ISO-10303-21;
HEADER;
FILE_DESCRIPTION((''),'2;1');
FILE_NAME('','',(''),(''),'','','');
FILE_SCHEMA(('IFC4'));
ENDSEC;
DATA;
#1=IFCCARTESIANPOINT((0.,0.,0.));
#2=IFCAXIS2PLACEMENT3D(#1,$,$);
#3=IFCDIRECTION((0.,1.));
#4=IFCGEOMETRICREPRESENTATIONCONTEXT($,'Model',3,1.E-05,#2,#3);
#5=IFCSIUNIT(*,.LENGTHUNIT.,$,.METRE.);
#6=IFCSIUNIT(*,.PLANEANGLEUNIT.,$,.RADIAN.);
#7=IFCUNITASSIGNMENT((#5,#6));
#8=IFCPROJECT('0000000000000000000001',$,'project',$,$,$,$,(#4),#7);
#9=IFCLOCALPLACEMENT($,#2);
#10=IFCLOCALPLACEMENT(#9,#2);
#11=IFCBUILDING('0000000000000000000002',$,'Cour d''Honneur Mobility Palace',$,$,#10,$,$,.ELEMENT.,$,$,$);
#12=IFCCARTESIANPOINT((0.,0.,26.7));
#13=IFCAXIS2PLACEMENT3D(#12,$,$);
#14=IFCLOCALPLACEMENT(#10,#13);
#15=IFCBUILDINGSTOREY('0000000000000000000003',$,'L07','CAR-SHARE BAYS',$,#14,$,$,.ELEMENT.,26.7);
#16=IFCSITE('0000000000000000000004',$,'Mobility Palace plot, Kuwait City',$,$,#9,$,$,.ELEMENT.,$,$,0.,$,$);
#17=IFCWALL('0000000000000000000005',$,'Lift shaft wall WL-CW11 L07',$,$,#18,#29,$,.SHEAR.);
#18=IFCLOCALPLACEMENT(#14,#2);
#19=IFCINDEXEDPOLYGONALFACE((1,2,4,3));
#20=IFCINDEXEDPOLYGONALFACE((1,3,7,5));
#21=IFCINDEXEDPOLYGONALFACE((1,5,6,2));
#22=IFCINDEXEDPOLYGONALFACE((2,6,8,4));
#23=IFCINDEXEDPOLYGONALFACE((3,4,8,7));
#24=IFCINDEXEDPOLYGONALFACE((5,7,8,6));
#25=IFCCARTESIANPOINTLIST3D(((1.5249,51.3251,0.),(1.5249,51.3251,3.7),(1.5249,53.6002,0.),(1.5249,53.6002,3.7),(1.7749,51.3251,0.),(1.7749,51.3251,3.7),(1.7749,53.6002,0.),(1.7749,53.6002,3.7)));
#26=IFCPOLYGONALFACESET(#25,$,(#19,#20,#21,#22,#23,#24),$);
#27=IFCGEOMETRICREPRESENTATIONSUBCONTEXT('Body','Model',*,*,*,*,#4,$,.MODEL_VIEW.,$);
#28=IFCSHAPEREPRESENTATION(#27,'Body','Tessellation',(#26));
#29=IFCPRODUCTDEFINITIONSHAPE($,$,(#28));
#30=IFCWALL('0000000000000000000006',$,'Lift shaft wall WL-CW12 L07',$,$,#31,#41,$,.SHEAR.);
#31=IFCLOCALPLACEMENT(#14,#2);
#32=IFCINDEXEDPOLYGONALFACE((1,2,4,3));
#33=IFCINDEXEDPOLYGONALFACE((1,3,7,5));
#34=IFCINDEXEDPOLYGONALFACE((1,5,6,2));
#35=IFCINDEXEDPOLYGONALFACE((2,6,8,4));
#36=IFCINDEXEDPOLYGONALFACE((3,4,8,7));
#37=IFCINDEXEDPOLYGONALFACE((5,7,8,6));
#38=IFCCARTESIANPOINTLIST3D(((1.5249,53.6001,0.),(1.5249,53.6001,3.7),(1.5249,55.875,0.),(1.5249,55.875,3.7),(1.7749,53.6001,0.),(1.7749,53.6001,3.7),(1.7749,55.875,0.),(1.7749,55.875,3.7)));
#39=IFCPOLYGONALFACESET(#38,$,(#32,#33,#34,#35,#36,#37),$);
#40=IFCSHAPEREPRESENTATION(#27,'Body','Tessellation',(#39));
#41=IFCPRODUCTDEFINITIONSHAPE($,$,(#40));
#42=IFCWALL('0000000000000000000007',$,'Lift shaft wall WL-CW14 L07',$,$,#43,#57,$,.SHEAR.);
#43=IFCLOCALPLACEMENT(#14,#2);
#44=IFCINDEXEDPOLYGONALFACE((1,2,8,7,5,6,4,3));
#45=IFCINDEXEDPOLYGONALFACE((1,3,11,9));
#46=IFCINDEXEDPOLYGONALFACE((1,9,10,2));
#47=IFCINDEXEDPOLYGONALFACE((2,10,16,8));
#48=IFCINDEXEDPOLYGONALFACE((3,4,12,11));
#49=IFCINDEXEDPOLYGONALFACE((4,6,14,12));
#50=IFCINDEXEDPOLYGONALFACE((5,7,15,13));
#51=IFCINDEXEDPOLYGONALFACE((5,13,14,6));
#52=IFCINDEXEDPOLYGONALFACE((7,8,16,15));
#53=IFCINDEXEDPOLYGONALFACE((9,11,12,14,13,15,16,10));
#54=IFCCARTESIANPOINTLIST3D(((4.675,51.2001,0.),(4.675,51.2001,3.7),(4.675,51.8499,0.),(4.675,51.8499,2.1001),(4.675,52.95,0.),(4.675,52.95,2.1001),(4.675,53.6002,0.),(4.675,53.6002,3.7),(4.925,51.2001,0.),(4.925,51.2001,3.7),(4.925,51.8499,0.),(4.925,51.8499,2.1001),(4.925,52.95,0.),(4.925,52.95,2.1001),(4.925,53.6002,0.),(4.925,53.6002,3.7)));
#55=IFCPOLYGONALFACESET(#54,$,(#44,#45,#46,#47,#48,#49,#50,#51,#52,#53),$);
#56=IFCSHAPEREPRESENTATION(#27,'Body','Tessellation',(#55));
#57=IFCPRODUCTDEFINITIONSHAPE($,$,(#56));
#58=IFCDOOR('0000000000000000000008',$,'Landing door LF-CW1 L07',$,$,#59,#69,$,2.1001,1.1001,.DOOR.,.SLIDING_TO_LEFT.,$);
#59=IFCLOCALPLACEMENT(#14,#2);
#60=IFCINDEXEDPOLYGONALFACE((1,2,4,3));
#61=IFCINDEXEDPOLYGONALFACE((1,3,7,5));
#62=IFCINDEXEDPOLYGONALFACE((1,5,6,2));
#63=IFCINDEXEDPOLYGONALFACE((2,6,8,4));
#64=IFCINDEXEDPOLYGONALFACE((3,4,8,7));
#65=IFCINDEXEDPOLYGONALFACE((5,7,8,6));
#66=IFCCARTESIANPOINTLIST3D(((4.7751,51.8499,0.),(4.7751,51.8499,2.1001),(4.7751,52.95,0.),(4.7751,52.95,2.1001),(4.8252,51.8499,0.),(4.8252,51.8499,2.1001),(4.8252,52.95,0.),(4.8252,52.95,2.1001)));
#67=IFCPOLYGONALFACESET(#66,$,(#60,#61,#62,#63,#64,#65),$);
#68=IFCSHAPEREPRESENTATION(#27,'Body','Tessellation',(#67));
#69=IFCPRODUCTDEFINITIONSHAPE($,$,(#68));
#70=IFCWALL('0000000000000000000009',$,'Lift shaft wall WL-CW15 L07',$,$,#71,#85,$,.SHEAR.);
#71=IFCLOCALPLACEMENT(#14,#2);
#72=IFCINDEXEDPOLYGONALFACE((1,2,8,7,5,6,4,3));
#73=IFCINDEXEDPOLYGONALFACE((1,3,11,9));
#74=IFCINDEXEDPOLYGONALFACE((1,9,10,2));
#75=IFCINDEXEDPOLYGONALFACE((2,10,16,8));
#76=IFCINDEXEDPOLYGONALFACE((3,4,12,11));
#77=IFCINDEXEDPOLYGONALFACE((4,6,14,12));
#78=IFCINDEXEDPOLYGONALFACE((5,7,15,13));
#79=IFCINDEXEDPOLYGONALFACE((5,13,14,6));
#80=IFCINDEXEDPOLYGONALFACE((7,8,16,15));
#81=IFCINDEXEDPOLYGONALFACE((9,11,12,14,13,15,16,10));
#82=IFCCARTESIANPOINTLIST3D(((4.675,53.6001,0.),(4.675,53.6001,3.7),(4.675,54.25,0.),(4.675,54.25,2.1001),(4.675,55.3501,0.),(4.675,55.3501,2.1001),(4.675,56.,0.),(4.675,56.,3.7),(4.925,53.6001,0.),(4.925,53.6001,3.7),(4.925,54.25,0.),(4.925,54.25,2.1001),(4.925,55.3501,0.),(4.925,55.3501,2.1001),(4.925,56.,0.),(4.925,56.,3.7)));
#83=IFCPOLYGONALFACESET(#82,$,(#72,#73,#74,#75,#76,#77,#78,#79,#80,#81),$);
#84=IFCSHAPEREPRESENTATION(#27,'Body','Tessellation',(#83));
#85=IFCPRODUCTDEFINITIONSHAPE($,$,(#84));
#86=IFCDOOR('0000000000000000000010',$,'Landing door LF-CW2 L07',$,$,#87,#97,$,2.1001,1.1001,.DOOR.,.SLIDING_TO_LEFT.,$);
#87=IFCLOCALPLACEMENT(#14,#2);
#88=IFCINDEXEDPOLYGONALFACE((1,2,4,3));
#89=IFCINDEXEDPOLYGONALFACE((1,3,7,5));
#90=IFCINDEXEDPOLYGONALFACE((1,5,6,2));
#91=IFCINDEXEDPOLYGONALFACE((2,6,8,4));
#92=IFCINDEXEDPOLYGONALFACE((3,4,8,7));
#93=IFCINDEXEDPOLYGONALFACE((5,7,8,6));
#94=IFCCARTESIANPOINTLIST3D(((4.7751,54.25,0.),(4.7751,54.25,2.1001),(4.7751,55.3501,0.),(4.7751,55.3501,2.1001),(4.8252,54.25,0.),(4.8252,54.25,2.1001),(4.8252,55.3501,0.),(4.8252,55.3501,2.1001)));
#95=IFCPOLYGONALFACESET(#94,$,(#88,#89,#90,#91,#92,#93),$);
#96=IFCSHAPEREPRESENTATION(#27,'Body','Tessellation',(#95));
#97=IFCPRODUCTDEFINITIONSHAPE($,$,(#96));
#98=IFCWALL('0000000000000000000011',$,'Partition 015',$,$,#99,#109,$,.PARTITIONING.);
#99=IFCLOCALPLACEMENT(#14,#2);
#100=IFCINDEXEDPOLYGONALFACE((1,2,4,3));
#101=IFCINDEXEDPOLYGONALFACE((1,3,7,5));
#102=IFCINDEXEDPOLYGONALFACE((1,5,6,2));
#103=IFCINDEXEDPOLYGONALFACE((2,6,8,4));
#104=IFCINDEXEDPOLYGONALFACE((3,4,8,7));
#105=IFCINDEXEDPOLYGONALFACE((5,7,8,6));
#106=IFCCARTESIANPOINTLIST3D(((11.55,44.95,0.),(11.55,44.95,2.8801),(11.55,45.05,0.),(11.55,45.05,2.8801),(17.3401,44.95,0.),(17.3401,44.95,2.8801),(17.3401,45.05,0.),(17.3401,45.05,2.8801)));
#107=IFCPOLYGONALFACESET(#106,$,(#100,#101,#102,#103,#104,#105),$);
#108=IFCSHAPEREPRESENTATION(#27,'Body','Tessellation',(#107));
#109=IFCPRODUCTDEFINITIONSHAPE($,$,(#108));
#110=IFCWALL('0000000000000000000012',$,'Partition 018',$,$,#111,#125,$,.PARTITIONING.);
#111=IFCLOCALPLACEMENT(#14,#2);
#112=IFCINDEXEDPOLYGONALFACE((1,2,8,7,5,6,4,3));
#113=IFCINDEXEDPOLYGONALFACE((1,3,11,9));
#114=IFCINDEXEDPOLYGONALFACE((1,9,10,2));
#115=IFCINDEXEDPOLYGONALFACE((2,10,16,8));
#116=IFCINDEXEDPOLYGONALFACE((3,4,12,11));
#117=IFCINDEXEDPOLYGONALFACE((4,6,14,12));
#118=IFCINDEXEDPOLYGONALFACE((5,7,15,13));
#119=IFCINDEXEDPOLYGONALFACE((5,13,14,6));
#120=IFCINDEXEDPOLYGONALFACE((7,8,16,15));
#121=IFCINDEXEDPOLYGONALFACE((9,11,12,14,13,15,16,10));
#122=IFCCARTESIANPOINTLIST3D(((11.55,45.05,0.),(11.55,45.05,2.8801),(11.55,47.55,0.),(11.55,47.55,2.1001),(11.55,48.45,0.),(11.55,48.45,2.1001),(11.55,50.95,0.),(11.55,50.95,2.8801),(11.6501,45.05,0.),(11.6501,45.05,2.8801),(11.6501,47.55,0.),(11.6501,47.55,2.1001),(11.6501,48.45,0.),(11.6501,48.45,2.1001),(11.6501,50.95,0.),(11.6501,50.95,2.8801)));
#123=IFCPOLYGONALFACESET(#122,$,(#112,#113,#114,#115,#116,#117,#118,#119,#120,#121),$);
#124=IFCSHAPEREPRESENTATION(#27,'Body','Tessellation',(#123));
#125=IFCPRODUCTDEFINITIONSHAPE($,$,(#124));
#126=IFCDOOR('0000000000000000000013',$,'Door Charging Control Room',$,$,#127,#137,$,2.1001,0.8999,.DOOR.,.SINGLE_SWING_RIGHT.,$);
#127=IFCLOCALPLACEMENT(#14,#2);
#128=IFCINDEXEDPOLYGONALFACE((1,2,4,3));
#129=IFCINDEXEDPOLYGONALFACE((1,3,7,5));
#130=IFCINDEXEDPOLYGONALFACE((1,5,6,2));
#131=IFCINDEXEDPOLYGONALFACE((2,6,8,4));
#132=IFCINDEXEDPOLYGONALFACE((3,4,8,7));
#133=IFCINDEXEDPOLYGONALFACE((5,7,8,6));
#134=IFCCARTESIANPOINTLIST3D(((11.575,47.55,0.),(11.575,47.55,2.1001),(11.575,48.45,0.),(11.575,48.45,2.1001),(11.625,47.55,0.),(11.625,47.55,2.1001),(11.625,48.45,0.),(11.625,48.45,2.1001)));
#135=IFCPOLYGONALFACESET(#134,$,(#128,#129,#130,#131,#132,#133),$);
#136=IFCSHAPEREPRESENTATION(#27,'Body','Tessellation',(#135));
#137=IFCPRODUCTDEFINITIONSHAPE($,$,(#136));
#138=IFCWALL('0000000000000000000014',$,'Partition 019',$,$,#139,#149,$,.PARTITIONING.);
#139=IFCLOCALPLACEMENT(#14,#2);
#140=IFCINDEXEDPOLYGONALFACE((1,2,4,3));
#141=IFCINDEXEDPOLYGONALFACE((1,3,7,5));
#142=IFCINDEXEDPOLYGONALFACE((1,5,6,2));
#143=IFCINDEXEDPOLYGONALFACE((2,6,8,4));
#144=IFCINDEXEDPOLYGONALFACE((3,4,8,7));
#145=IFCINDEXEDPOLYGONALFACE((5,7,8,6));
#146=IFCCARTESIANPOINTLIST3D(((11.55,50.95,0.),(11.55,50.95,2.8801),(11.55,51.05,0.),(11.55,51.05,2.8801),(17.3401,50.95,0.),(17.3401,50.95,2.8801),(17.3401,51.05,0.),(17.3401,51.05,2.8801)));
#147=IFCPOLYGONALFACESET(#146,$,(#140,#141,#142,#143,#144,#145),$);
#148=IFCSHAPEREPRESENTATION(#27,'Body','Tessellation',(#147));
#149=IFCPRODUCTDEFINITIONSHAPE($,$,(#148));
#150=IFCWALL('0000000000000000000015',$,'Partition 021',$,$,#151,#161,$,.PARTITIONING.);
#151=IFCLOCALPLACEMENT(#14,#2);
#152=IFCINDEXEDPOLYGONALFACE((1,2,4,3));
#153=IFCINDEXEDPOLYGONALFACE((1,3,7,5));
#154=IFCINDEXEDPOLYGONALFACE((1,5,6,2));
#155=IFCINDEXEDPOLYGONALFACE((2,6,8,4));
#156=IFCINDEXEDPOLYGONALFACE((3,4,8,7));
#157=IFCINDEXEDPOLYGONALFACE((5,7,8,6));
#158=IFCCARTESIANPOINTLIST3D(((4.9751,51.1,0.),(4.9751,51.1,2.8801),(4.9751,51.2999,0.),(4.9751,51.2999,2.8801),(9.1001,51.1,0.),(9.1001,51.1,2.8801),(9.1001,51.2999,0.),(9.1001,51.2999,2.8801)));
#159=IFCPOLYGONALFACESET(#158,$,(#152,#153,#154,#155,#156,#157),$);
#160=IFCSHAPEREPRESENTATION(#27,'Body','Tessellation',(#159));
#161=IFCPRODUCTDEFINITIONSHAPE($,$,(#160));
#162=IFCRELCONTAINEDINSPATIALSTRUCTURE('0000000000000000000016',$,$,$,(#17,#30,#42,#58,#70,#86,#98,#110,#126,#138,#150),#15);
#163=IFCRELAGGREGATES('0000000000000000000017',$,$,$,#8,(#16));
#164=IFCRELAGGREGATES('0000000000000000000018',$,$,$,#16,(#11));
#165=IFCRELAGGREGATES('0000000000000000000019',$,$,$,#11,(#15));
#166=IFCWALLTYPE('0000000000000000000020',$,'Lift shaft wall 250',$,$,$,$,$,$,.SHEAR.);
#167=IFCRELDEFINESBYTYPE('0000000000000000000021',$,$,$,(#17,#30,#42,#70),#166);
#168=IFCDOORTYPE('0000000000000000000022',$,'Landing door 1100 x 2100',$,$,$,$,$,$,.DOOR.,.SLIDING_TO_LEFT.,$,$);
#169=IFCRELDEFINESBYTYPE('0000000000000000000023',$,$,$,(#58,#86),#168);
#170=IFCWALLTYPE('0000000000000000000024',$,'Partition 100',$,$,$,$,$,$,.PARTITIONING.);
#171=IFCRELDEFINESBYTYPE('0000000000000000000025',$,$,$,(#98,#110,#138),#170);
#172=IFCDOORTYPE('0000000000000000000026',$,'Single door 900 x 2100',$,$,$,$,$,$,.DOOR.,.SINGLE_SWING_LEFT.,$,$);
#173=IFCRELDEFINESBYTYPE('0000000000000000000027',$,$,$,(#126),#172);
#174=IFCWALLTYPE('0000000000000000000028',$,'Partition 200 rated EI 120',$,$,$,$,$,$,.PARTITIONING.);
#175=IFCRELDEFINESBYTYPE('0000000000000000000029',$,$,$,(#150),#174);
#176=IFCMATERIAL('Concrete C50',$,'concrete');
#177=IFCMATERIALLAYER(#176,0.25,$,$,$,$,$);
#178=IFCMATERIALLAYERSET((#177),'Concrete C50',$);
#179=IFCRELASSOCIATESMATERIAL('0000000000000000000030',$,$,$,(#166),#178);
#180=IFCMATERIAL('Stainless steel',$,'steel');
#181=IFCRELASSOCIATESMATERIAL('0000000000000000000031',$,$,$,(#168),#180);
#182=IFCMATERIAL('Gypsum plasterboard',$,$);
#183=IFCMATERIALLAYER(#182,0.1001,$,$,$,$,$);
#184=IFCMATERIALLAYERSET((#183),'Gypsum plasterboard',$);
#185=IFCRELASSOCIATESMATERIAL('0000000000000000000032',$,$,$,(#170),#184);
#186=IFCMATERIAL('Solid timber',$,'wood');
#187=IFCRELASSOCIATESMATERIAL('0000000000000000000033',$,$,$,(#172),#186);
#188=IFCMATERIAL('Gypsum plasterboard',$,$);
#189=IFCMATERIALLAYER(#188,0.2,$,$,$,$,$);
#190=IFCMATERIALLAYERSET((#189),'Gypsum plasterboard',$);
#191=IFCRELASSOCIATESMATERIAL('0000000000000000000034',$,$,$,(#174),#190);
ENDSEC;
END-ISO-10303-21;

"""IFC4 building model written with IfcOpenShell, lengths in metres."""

from ifc_helpers import new_model, si_unit, direction, frame, frame_2d, origin, place, context, subcontext, project, spatial, rectangle, extrude, material, layer, layer_set, type_object, element, fill, save


model = new_model("IFC4")

# Units and contexts
model_context = context("Model", 3, precision=1e-05, world=origin(), true_north=direction((0.0, 1.0)))
body_context = subcontext(model_context, "Body", "Model", "MODEL_VIEW")
ifc_project = project(units=[si_unit("LENGTHUNIT", "METRE"), si_unit("PLANEANGLEUNIT", "RADIAN")], contexts=[model_context])

# Site, building, storey
site_placement = place(None, origin())
site = spatial("IfcSite", under=ifc_project, at=site_placement, Name="Mobility Palace plot, Kuwait City", CompositionType="ELEMENT", RefElevation=0.0)
building_placement = place(site_placement, origin())
building = spatial("IfcBuilding", under=site, at=building_placement, Name="Cour d'Honneur Mobility Palace", CompositionType="ELEMENT")
storey_placement = place(building_placement, frame((0.0, 0.0, 26.7)))
storey = spatial("IfcBuildingStorey", under=building, at=storey_placement, Name="L07", Description="CAR-SHARE BAYS", CompositionType="ELEMENT", Elevation=26.7)

# Walls
ifc_material_1 = material(Name="Concrete C50", Category="concrete")
ifc_layer_1 = layer(ifc_material_1, 0.25)
ifc_layer_set_1 = layer_set([ifc_layer_1], Name="Concrete C50")
wall_type_1 = type_object("IfcWallType", Name="Lift shaft wall 250", PredefinedType="SHEAR", material=ifc_layer_set_1)
wall_1_placement = place(storey_placement, frame((1.6499, 51.325, 0.0), z_axis=(0.0, 0.0, 1.0), x_axis=(0.0, 1.0, 0.0)))
element("IfcWall", 1, at=wall_1_placement, inside=storey, type_object=wall_type_1, Name="Lift shaft wall WL-CW11 L07", PredefinedType="SHEAR", context=body_context, shape_type="SweptSolid", body=[
    extrude(rectangle(XDim=2.2751, YDim=0.25, at=frame_2d((1.1377, 0.0))), origin(), (0.0, 0.0, 1.0), 3.7),
])
wall_2_placement = place(storey_placement, frame((1.6499, 53.6001, 0.0), z_axis=(0.0, 0.0, 1.0), x_axis=(0.0, 1.0, 0.0)))
element("IfcWall", 2, at=wall_2_placement, inside=storey, type_object=wall_type_1, Name="Lift shaft wall WL-CW12 L07", PredefinedType="SHEAR", context=body_context, shape_type="SweptSolid", body=[
    extrude(rectangle(XDim=2.2749, YDim=0.25, at=frame_2d((1.1375, 0.0))), origin(), (0.0, 0.0, 1.0), 3.7),
])

# Walls, openings, doors
wall_3_placement = place(storey_placement, frame((4.8, 51.2, 0.0), z_axis=(0.0, 0.0, 1.0), x_axis=(0.0, 1.0, 0.0)))
wall_3 = element("IfcWall", 3, at=wall_3_placement, inside=storey, type_object=wall_type_1, Name="Lift shaft wall WL-CW14 L07", PredefinedType="SHEAR", context=body_context, shape_type="SweptSolid", body=[
    extrude(rectangle(XDim=2.4001, YDim=0.25, at=frame_2d((1.2002, 0.0))), origin(), (0.0, 0.0, 1.0), 3.7),
])
opening_1_placement = place(wall_3_placement, frame((0.6499, 0.0, 0.0)))
opening_1 = element("IfcOpeningElement", 4, at=opening_1_placement, cuts=wall_3, PredefinedType="OPENING", context=body_context, shape_type="SweptSolid", body=[
    extrude(rectangle(XDim=1.1001, YDim=2.1001, at=frame_2d((0.55, 1.05))), frame((0.0, 0.135, 0.0), z_axis=(0.0, -1.0, 0.0), x_axis=(1.0, 0.0, 0.0)), (0.0, 0.0, 1.0), 0.27),
])
ifc_material_2 = material(Name="Stainless steel", Category="steel")
door_type_1 = type_object("IfcDoorType", Name="Landing door 1100 x 2100", OperationType="SLIDING_TO_LEFT", PredefinedType="DOOR", material=ifc_material_2)
door_1_placement = place(opening_1_placement, origin())
door_1 = element("IfcDoor", 5, at=door_1_placement, inside=storey, type_object=door_type_1, Name="Landing door LF-CW1 L07", OperationType="SLIDING_TO_LEFT", OverallHeight=2.1001, OverallWidth=1.1001, PredefinedType="DOOR", context=body_context, shape_type="SweptSolid", body=[
    extrude(rectangle(XDim=1.1001, YDim=2.1001, at=frame_2d((0.55, 1.05))), frame((0.0, 0.0249, 0.0), z_axis=(0.0, -1.0, 0.0), x_axis=(1.0, 0.0, 0.0)), (0.0, 0.0, 1.0), 0.05),
])
fill(opening_1, door_1)
wall_4_placement = place(storey_placement, frame((4.8, 53.6001, 0.0), z_axis=(0.0, 0.0, 1.0), x_axis=(0.0, 1.0, 0.0)))
wall_4 = element("IfcWall", 6, at=wall_4_placement, inside=storey, type_object=wall_type_1, Name="Lift shaft wall WL-CW15 L07", PredefinedType="SHEAR", context=body_context, shape_type="SweptSolid", body=[
    extrude(rectangle(XDim=2.3999, YDim=0.25, at=frame_2d((1.2, 0.0))), origin(), (0.0, 0.0, 1.0), 3.7),
])
opening_2_placement = place(wall_4_placement, frame((0.6499, 0.0, 0.0)))
opening_2 = element("IfcOpeningElement", 7, at=opening_2_placement, cuts=wall_4, PredefinedType="OPENING", context=body_context, shape_type="SweptSolid", body=[
    extrude(rectangle(XDim=1.1001, YDim=2.1001, at=frame_2d((0.55, 1.05))), frame((0.0, 0.135, 0.0), z_axis=(0.0, -1.0, 0.0), x_axis=(1.0, 0.0, 0.0)), (0.0, 0.0, 1.0), 0.27),
])
door_2_placement = place(opening_2_placement, origin())
door_2 = element("IfcDoor", 8, at=door_2_placement, inside=storey, type_object=door_type_1, Name="Landing door LF-CW2 L07", OperationType="SLIDING_TO_LEFT", OverallHeight=2.1001, OverallWidth=1.1001, PredefinedType="DOOR", context=body_context, shape_type="SweptSolid", body=[
    extrude(rectangle(XDim=1.1001, YDim=2.1001, at=frame_2d((0.55, 1.05))), frame((0.0, 0.0249, 0.0), z_axis=(0.0, -1.0, 0.0), x_axis=(1.0, 0.0, 0.0)), (0.0, 0.0, 1.0), 0.05),
])
fill(opening_2, door_2)

# Wall
ifc_material_3 = material(Name="Gypsum plasterboard")
ifc_layer_2 = layer(ifc_material_3, 0.1001)
ifc_layer_set_2 = layer_set([ifc_layer_2], Name="Gypsum plasterboard")
wall_type_2 = type_object("IfcWallType", Name="Partition 100", PredefinedType="PARTITIONING", material=ifc_layer_set_2)
wall_5_placement = place(storey_placement, frame((11.55, 45.0, 0.0), z_axis=(0.0, 0.0, 1.0), x_axis=(1.0, 0.0, 0.0)))
element("IfcWall", 9, at=wall_5_placement, inside=storey, type_object=wall_type_2, Name="Partition 015", PredefinedType="PARTITIONING", context=body_context, shape_type="SweptSolid", body=[
    extrude(rectangle(XDim=5.79, YDim=0.1001, at=frame_2d((2.895, 0.0))), origin(), (0.0, 0.0, 1.0), 2.8801),
])

# Wall, opening, door
wall_6_placement = place(storey_placement, frame((11.6001, 50.95, 0.0), z_axis=(0.0, 0.0, 1.0), x_axis=(0.0, -1.0, 0.0)))
wall_6 = element("IfcWall", 10, at=wall_6_placement, inside=storey, type_object=wall_type_2, Name="Partition 018", PredefinedType="PARTITIONING", context=body_context, shape_type="SweptSolid", body=[
    extrude(rectangle(XDim=5.8999, YDim=0.1001, at=frame_2d((2.95, 0.0))), origin(), (0.0, 0.0, 1.0), 2.8801),
])
opening_3_placement = place(wall_6_placement, frame((2.5, 0.0, 0.0)))
opening_3 = element("IfcOpeningElement", 11, at=opening_3_placement, cuts=wall_6, PredefinedType="OPENING", context=body_context, shape_type="SweptSolid", body=[
    extrude(rectangle(XDim=0.8999, YDim=2.1001, at=frame_2d((0.45, 1.05))), frame((0.0, 0.0601, 0.0), z_axis=(0.0, -1.0, 0.0), x_axis=(1.0, 0.0, 0.0)), (0.0, 0.0, 1.0), 0.1201),
])
ifc_material_4 = material(Name="Solid timber", Category="wood")
door_type_2 = type_object("IfcDoorType", Name="Single door 900 x 2100", OperationType="SINGLE_SWING_LEFT", PredefinedType="DOOR", material=ifc_material_4)
door_3_placement = place(opening_3_placement, origin())
door_3 = element("IfcDoor", 12, at=door_3_placement, inside=storey, type_object=door_type_2, Name="Door Charging Control Room", OperationType="SINGLE_SWING_RIGHT", OverallHeight=2.1001, OverallWidth=0.8999, PredefinedType="DOOR", context=body_context, shape_type="SweptSolid", body=[
    extrude(rectangle(XDim=0.8999, YDim=2.1001, at=frame_2d((0.45, 1.05))), frame((0.0, 0.0249, 0.0), z_axis=(0.0, -1.0, 0.0), x_axis=(1.0, 0.0, 0.0)), (0.0, 0.0, 1.0), 0.05),
])
fill(opening_3, door_3)

# Walls
wall_7_placement = place(storey_placement, frame((17.3401, 51.0, 0.0), z_axis=(0.0, 0.0, 1.0), x_axis=(-1.0, 0.0, 0.0)))
element("IfcWall", 13, at=wall_7_placement, inside=storey, type_object=wall_type_2, Name="Partition 019", PredefinedType="PARTITIONING", context=body_context, shape_type="SweptSolid", body=[
    extrude(rectangle(XDim=5.79, YDim=0.1001, at=frame_2d((2.895, 0.0))), origin(), (0.0, 0.0, 1.0), 2.8801),
])
ifc_material_5 = material(Name="Gypsum plasterboard")
ifc_layer_3 = layer(ifc_material_5, 0.2)
ifc_layer_set_3 = layer_set([ifc_layer_3], Name="Gypsum plasterboard")
wall_type_3 = type_object("IfcWallType", Name="Partition 200 rated EI 120", PredefinedType="PARTITIONING", material=ifc_layer_set_3)
wall_8_placement = place(storey_placement, frame((4.9751, 51.2, 0.0), z_axis=(0.0, 0.0, 1.0), x_axis=(1.0, 0.0, 0.0)))
element("IfcWall", 14, at=wall_8_placement, inside=storey, type_object=wall_type_3, Name="Partition 021", PredefinedType="PARTITIONING", context=body_context, shape_type="SweptSolid", body=[
    extrude(rectangle(XDim=4.125, YDim=0.2, at=frame_2d((2.0625, 0.0))), origin(), (0.0, 0.0, 1.0), 2.8801),
])

save(model, "model.ifc")
